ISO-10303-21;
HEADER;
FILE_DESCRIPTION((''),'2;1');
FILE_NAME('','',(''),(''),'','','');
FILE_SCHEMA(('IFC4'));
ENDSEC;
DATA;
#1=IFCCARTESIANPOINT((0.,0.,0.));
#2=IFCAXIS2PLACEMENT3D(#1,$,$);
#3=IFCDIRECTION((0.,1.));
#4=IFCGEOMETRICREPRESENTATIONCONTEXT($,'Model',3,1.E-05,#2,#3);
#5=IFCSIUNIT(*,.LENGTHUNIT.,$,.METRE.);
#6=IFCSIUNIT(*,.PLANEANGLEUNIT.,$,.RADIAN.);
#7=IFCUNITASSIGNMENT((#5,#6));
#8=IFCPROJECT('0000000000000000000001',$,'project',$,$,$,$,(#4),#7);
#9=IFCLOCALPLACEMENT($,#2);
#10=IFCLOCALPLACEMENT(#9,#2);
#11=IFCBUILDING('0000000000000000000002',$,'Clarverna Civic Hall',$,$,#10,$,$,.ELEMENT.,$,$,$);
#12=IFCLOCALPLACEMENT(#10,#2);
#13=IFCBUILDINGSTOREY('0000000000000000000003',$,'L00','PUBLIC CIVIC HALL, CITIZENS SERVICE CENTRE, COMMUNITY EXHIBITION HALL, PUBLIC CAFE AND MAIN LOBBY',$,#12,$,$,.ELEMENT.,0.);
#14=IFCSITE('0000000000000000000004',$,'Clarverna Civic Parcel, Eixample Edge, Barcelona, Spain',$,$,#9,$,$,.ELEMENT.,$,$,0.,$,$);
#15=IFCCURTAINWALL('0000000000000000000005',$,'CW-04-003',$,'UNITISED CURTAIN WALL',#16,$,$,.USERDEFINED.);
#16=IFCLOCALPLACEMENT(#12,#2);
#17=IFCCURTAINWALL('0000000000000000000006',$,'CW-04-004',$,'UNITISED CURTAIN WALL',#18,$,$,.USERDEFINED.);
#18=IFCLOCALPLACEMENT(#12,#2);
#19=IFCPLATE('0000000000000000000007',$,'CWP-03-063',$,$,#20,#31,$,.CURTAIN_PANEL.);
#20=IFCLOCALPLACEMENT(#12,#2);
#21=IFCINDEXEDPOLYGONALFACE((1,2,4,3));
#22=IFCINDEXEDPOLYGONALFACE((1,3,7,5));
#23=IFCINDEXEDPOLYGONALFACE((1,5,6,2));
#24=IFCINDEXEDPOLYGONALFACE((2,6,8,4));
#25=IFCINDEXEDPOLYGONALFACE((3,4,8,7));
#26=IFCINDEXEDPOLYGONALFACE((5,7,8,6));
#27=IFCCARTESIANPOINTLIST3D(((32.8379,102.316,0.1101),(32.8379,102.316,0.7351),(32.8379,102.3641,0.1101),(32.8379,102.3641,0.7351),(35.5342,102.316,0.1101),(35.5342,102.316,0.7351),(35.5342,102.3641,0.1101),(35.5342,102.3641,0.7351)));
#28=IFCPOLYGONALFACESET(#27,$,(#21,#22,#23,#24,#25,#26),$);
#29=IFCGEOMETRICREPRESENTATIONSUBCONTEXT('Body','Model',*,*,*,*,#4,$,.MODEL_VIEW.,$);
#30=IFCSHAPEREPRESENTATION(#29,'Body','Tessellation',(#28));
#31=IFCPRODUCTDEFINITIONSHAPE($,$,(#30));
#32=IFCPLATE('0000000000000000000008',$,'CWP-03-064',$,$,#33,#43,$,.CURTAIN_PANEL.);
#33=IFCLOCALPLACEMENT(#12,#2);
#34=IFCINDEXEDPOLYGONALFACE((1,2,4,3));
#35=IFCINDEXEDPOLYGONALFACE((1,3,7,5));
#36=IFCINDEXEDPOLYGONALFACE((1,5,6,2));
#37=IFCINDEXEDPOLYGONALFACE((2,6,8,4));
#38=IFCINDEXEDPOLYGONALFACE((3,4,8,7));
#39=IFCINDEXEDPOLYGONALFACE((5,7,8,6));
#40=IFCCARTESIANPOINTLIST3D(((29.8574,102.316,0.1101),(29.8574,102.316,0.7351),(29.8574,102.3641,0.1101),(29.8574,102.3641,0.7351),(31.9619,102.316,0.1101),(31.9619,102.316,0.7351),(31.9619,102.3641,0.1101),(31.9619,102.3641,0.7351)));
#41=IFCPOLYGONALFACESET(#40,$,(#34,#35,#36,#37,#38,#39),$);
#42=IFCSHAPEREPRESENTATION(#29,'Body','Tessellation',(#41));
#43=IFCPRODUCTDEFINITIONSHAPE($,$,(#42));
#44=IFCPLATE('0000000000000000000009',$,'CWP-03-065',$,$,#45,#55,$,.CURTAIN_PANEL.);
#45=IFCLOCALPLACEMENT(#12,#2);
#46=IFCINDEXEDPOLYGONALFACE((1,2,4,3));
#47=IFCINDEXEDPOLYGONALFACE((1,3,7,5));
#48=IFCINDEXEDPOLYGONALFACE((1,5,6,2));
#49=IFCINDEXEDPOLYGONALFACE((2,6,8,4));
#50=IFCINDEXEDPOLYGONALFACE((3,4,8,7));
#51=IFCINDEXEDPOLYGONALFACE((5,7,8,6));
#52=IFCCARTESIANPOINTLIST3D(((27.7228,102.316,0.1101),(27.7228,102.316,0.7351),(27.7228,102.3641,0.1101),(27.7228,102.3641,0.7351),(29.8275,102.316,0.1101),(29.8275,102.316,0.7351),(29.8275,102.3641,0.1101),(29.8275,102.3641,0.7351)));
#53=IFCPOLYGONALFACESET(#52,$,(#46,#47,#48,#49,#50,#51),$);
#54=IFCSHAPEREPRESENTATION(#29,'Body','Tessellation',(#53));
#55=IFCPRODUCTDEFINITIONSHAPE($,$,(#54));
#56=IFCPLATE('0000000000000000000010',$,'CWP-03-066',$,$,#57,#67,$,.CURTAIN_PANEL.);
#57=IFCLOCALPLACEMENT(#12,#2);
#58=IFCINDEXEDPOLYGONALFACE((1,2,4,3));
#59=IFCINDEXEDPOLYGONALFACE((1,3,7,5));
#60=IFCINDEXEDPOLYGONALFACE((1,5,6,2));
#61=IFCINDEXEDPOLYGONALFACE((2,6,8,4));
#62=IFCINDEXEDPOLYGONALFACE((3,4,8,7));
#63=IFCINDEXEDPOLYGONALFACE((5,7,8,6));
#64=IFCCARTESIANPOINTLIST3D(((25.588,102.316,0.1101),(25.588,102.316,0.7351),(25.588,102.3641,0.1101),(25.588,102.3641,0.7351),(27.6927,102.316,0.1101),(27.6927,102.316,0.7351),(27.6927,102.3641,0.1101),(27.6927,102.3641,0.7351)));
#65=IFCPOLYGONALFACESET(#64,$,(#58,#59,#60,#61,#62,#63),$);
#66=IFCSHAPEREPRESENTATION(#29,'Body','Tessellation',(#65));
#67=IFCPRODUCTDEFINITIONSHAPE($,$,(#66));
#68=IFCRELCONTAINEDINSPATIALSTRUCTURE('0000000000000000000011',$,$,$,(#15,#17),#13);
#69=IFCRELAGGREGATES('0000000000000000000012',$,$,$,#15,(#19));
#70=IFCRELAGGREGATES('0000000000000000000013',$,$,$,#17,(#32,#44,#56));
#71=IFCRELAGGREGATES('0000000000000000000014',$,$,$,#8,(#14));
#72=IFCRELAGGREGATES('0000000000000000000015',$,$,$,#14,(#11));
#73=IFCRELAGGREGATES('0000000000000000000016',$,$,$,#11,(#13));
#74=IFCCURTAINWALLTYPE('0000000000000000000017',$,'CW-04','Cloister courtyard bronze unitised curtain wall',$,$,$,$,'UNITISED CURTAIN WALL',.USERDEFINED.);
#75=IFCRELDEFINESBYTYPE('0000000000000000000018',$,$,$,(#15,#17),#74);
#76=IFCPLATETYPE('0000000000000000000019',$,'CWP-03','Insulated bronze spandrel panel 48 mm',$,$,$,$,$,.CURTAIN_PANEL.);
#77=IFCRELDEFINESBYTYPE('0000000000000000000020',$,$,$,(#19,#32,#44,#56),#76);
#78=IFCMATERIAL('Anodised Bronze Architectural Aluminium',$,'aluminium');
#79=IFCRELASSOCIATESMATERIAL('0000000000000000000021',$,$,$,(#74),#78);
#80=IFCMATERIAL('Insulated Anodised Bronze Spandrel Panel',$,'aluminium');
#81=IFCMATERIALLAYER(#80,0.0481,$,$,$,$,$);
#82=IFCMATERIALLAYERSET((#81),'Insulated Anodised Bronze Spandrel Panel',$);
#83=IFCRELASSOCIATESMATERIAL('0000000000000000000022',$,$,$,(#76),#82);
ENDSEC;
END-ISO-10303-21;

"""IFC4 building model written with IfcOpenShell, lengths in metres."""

from ifc_helpers import new_model, si_unit, direction, frame, frame_2d, origin, place, context, subcontext, project, spatial, rectangle, extrude, material, layer, layer_set, type_object, element, aggregate, save


model = new_model("IFC4")

# Units and contexts
model_context = context("Model", 3, precision=1e-05, world=origin(), true_north=direction((0.0, 1.0)))
body_context = subcontext(model_context, "Body", "Model", "MODEL_VIEW")
ifc_project = project(units=[si_unit("LENGTHUNIT", "METRE"), si_unit("PLANEANGLEUNIT", "RADIAN")], contexts=[model_context])

# Site, building, storey
site_placement = place(None, origin())
site = spatial("IfcSite", under=ifc_project, at=site_placement, Name="Clarverna Civic Parcel, Eixample Edge, Barcelona, Spain", CompositionType="ELEMENT", RefElevation=0.0)
building_placement = place(site_placement, origin())
building = spatial("IfcBuilding", under=site, at=building_placement, Name="Clarverna Civic Hall", CompositionType="ELEMENT")
storey_placement = place(building_placement, origin())
storey = spatial("IfcBuildingStorey", under=building, at=storey_placement, Name="L00", Description="PUBLIC CIVIC HALL, CITIZENS SERVICE CENTRE, COMMUNITY EXHIBITION HALL, PUBLIC CAFE AND MAIN LOBBY", CompositionType="ELEMENT", Elevation=0.0)

# Curtain walls
ifc_material_1 = material(Name="Anodised Bronze Architectural Aluminium", Category="aluminium")
curtain_wall_type = type_object("IfcCurtainWallType", Name="CW-04", Description="Cloister courtyard bronze unitised curtain wall", ElementType="UNITISED CURTAIN WALL", PredefinedType="USERDEFINED", material=ifc_material_1)
curtain_wall_1_placement = place(storey_placement, origin())
curtain_wall_1 = element("IfcCurtainWall", 1, at=curtain_wall_1_placement, inside=storey, type_object=curtain_wall_type, Name="CW-04-003", ObjectType="UNITISED CURTAIN WALL", PredefinedType="USERDEFINED")
curtain_wall_2_placement = place(storey_placement, origin())
curtain_wall_2 = element("IfcCurtainWall", 2, at=curtain_wall_2_placement, inside=storey, type_object=curtain_wall_type, Name="CW-04-004", ObjectType="UNITISED CURTAIN WALL", PredefinedType="USERDEFINED")

# Plates
ifc_material_2 = material(Name="Insulated Anodised Bronze Spandrel Panel", Category="aluminium")
ifc_layer_1 = layer(ifc_material_2, 0.0481)
ifc_layer_set_1 = layer_set([ifc_layer_1], Name="Insulated Anodised Bronze Spandrel Panel")
plate_type_1 = type_object("IfcPlateType", Name="CWP-03", Description="Insulated bronze spandrel panel 48 mm", PredefinedType="CURTAIN_PANEL", material=ifc_layer_set_1)
plate_1_placement = place(storey_placement, frame((35.5342, 102.3401, 0.1101), z_axis=(0.0, 0.0, 1.0), x_axis=(-1.0, 0.0, 0.0)))
plate_1 = element("IfcPlate", 3, at=plate_1_placement, type_object=plate_type_1, Name="CWP-03-063", PredefinedType="CURTAIN_PANEL", context=body_context, shape_type="SweptSolid", body=[
    extrude(rectangle(XDim=2.6963, YDim=0.0481, at=frame_2d((1.3481, 0.0))), origin(), (0.0, 0.0, 1.0), 0.625),
])
aggregate(curtain_wall_1, [plate_1])
plate_2_placement = place(storey_placement, frame((31.9619, 102.3401, 0.1101), z_axis=(0.0, 0.0, 1.0), x_axis=(-1.0, 0.0, 0.0)))
plate_2 = element("IfcPlate", 4, at=plate_2_placement, type_object=plate_type_1, Name="CWP-03-064", PredefinedType="CURTAIN_PANEL", context=body_context, shape_type="SweptSolid", body=[
    extrude(rectangle(XDim=2.1045, YDim=0.0481, at=frame_2d((1.0522, 0.0))), origin(), (0.0, 0.0, 1.0), 0.625),
])
plate_3_placement = place(storey_placement, frame((29.8274, 102.3401, 0.1101), z_axis=(0.0, 0.0, 1.0), x_axis=(-1.0, 0.0, 0.0)))
plate_3 = element("IfcPlate", 5, at=plate_3_placement, type_object=plate_type_1, Name="CWP-03-065", PredefinedType="CURTAIN_PANEL", context=body_context, shape_type="SweptSolid", body=[
    extrude(rectangle(XDim=2.1047, YDim=0.0481, at=frame_2d((1.0522, 0.0))), origin(), (0.0, 0.0, 1.0), 0.625),
])
plate_4_placement = place(storey_placement, frame((27.6926, 102.3401, 0.1101), z_axis=(0.0, 0.0, 1.0), x_axis=(-1.0, 0.0, 0.0)))
plate_4 = element("IfcPlate", 6, at=plate_4_placement, type_object=plate_type_1, Name="CWP-03-066", PredefinedType="CURTAIN_PANEL", context=body_context, shape_type="SweptSolid", body=[
    extrude(rectangle(XDim=2.1047, YDim=0.0481, at=frame_2d((1.0522, 0.0))), origin(), (0.0, 0.0, 1.0), 0.625),
])
aggregate(curtain_wall_2, [plate_2, plate_3, plate_4])

save(model, "model.ifc")
